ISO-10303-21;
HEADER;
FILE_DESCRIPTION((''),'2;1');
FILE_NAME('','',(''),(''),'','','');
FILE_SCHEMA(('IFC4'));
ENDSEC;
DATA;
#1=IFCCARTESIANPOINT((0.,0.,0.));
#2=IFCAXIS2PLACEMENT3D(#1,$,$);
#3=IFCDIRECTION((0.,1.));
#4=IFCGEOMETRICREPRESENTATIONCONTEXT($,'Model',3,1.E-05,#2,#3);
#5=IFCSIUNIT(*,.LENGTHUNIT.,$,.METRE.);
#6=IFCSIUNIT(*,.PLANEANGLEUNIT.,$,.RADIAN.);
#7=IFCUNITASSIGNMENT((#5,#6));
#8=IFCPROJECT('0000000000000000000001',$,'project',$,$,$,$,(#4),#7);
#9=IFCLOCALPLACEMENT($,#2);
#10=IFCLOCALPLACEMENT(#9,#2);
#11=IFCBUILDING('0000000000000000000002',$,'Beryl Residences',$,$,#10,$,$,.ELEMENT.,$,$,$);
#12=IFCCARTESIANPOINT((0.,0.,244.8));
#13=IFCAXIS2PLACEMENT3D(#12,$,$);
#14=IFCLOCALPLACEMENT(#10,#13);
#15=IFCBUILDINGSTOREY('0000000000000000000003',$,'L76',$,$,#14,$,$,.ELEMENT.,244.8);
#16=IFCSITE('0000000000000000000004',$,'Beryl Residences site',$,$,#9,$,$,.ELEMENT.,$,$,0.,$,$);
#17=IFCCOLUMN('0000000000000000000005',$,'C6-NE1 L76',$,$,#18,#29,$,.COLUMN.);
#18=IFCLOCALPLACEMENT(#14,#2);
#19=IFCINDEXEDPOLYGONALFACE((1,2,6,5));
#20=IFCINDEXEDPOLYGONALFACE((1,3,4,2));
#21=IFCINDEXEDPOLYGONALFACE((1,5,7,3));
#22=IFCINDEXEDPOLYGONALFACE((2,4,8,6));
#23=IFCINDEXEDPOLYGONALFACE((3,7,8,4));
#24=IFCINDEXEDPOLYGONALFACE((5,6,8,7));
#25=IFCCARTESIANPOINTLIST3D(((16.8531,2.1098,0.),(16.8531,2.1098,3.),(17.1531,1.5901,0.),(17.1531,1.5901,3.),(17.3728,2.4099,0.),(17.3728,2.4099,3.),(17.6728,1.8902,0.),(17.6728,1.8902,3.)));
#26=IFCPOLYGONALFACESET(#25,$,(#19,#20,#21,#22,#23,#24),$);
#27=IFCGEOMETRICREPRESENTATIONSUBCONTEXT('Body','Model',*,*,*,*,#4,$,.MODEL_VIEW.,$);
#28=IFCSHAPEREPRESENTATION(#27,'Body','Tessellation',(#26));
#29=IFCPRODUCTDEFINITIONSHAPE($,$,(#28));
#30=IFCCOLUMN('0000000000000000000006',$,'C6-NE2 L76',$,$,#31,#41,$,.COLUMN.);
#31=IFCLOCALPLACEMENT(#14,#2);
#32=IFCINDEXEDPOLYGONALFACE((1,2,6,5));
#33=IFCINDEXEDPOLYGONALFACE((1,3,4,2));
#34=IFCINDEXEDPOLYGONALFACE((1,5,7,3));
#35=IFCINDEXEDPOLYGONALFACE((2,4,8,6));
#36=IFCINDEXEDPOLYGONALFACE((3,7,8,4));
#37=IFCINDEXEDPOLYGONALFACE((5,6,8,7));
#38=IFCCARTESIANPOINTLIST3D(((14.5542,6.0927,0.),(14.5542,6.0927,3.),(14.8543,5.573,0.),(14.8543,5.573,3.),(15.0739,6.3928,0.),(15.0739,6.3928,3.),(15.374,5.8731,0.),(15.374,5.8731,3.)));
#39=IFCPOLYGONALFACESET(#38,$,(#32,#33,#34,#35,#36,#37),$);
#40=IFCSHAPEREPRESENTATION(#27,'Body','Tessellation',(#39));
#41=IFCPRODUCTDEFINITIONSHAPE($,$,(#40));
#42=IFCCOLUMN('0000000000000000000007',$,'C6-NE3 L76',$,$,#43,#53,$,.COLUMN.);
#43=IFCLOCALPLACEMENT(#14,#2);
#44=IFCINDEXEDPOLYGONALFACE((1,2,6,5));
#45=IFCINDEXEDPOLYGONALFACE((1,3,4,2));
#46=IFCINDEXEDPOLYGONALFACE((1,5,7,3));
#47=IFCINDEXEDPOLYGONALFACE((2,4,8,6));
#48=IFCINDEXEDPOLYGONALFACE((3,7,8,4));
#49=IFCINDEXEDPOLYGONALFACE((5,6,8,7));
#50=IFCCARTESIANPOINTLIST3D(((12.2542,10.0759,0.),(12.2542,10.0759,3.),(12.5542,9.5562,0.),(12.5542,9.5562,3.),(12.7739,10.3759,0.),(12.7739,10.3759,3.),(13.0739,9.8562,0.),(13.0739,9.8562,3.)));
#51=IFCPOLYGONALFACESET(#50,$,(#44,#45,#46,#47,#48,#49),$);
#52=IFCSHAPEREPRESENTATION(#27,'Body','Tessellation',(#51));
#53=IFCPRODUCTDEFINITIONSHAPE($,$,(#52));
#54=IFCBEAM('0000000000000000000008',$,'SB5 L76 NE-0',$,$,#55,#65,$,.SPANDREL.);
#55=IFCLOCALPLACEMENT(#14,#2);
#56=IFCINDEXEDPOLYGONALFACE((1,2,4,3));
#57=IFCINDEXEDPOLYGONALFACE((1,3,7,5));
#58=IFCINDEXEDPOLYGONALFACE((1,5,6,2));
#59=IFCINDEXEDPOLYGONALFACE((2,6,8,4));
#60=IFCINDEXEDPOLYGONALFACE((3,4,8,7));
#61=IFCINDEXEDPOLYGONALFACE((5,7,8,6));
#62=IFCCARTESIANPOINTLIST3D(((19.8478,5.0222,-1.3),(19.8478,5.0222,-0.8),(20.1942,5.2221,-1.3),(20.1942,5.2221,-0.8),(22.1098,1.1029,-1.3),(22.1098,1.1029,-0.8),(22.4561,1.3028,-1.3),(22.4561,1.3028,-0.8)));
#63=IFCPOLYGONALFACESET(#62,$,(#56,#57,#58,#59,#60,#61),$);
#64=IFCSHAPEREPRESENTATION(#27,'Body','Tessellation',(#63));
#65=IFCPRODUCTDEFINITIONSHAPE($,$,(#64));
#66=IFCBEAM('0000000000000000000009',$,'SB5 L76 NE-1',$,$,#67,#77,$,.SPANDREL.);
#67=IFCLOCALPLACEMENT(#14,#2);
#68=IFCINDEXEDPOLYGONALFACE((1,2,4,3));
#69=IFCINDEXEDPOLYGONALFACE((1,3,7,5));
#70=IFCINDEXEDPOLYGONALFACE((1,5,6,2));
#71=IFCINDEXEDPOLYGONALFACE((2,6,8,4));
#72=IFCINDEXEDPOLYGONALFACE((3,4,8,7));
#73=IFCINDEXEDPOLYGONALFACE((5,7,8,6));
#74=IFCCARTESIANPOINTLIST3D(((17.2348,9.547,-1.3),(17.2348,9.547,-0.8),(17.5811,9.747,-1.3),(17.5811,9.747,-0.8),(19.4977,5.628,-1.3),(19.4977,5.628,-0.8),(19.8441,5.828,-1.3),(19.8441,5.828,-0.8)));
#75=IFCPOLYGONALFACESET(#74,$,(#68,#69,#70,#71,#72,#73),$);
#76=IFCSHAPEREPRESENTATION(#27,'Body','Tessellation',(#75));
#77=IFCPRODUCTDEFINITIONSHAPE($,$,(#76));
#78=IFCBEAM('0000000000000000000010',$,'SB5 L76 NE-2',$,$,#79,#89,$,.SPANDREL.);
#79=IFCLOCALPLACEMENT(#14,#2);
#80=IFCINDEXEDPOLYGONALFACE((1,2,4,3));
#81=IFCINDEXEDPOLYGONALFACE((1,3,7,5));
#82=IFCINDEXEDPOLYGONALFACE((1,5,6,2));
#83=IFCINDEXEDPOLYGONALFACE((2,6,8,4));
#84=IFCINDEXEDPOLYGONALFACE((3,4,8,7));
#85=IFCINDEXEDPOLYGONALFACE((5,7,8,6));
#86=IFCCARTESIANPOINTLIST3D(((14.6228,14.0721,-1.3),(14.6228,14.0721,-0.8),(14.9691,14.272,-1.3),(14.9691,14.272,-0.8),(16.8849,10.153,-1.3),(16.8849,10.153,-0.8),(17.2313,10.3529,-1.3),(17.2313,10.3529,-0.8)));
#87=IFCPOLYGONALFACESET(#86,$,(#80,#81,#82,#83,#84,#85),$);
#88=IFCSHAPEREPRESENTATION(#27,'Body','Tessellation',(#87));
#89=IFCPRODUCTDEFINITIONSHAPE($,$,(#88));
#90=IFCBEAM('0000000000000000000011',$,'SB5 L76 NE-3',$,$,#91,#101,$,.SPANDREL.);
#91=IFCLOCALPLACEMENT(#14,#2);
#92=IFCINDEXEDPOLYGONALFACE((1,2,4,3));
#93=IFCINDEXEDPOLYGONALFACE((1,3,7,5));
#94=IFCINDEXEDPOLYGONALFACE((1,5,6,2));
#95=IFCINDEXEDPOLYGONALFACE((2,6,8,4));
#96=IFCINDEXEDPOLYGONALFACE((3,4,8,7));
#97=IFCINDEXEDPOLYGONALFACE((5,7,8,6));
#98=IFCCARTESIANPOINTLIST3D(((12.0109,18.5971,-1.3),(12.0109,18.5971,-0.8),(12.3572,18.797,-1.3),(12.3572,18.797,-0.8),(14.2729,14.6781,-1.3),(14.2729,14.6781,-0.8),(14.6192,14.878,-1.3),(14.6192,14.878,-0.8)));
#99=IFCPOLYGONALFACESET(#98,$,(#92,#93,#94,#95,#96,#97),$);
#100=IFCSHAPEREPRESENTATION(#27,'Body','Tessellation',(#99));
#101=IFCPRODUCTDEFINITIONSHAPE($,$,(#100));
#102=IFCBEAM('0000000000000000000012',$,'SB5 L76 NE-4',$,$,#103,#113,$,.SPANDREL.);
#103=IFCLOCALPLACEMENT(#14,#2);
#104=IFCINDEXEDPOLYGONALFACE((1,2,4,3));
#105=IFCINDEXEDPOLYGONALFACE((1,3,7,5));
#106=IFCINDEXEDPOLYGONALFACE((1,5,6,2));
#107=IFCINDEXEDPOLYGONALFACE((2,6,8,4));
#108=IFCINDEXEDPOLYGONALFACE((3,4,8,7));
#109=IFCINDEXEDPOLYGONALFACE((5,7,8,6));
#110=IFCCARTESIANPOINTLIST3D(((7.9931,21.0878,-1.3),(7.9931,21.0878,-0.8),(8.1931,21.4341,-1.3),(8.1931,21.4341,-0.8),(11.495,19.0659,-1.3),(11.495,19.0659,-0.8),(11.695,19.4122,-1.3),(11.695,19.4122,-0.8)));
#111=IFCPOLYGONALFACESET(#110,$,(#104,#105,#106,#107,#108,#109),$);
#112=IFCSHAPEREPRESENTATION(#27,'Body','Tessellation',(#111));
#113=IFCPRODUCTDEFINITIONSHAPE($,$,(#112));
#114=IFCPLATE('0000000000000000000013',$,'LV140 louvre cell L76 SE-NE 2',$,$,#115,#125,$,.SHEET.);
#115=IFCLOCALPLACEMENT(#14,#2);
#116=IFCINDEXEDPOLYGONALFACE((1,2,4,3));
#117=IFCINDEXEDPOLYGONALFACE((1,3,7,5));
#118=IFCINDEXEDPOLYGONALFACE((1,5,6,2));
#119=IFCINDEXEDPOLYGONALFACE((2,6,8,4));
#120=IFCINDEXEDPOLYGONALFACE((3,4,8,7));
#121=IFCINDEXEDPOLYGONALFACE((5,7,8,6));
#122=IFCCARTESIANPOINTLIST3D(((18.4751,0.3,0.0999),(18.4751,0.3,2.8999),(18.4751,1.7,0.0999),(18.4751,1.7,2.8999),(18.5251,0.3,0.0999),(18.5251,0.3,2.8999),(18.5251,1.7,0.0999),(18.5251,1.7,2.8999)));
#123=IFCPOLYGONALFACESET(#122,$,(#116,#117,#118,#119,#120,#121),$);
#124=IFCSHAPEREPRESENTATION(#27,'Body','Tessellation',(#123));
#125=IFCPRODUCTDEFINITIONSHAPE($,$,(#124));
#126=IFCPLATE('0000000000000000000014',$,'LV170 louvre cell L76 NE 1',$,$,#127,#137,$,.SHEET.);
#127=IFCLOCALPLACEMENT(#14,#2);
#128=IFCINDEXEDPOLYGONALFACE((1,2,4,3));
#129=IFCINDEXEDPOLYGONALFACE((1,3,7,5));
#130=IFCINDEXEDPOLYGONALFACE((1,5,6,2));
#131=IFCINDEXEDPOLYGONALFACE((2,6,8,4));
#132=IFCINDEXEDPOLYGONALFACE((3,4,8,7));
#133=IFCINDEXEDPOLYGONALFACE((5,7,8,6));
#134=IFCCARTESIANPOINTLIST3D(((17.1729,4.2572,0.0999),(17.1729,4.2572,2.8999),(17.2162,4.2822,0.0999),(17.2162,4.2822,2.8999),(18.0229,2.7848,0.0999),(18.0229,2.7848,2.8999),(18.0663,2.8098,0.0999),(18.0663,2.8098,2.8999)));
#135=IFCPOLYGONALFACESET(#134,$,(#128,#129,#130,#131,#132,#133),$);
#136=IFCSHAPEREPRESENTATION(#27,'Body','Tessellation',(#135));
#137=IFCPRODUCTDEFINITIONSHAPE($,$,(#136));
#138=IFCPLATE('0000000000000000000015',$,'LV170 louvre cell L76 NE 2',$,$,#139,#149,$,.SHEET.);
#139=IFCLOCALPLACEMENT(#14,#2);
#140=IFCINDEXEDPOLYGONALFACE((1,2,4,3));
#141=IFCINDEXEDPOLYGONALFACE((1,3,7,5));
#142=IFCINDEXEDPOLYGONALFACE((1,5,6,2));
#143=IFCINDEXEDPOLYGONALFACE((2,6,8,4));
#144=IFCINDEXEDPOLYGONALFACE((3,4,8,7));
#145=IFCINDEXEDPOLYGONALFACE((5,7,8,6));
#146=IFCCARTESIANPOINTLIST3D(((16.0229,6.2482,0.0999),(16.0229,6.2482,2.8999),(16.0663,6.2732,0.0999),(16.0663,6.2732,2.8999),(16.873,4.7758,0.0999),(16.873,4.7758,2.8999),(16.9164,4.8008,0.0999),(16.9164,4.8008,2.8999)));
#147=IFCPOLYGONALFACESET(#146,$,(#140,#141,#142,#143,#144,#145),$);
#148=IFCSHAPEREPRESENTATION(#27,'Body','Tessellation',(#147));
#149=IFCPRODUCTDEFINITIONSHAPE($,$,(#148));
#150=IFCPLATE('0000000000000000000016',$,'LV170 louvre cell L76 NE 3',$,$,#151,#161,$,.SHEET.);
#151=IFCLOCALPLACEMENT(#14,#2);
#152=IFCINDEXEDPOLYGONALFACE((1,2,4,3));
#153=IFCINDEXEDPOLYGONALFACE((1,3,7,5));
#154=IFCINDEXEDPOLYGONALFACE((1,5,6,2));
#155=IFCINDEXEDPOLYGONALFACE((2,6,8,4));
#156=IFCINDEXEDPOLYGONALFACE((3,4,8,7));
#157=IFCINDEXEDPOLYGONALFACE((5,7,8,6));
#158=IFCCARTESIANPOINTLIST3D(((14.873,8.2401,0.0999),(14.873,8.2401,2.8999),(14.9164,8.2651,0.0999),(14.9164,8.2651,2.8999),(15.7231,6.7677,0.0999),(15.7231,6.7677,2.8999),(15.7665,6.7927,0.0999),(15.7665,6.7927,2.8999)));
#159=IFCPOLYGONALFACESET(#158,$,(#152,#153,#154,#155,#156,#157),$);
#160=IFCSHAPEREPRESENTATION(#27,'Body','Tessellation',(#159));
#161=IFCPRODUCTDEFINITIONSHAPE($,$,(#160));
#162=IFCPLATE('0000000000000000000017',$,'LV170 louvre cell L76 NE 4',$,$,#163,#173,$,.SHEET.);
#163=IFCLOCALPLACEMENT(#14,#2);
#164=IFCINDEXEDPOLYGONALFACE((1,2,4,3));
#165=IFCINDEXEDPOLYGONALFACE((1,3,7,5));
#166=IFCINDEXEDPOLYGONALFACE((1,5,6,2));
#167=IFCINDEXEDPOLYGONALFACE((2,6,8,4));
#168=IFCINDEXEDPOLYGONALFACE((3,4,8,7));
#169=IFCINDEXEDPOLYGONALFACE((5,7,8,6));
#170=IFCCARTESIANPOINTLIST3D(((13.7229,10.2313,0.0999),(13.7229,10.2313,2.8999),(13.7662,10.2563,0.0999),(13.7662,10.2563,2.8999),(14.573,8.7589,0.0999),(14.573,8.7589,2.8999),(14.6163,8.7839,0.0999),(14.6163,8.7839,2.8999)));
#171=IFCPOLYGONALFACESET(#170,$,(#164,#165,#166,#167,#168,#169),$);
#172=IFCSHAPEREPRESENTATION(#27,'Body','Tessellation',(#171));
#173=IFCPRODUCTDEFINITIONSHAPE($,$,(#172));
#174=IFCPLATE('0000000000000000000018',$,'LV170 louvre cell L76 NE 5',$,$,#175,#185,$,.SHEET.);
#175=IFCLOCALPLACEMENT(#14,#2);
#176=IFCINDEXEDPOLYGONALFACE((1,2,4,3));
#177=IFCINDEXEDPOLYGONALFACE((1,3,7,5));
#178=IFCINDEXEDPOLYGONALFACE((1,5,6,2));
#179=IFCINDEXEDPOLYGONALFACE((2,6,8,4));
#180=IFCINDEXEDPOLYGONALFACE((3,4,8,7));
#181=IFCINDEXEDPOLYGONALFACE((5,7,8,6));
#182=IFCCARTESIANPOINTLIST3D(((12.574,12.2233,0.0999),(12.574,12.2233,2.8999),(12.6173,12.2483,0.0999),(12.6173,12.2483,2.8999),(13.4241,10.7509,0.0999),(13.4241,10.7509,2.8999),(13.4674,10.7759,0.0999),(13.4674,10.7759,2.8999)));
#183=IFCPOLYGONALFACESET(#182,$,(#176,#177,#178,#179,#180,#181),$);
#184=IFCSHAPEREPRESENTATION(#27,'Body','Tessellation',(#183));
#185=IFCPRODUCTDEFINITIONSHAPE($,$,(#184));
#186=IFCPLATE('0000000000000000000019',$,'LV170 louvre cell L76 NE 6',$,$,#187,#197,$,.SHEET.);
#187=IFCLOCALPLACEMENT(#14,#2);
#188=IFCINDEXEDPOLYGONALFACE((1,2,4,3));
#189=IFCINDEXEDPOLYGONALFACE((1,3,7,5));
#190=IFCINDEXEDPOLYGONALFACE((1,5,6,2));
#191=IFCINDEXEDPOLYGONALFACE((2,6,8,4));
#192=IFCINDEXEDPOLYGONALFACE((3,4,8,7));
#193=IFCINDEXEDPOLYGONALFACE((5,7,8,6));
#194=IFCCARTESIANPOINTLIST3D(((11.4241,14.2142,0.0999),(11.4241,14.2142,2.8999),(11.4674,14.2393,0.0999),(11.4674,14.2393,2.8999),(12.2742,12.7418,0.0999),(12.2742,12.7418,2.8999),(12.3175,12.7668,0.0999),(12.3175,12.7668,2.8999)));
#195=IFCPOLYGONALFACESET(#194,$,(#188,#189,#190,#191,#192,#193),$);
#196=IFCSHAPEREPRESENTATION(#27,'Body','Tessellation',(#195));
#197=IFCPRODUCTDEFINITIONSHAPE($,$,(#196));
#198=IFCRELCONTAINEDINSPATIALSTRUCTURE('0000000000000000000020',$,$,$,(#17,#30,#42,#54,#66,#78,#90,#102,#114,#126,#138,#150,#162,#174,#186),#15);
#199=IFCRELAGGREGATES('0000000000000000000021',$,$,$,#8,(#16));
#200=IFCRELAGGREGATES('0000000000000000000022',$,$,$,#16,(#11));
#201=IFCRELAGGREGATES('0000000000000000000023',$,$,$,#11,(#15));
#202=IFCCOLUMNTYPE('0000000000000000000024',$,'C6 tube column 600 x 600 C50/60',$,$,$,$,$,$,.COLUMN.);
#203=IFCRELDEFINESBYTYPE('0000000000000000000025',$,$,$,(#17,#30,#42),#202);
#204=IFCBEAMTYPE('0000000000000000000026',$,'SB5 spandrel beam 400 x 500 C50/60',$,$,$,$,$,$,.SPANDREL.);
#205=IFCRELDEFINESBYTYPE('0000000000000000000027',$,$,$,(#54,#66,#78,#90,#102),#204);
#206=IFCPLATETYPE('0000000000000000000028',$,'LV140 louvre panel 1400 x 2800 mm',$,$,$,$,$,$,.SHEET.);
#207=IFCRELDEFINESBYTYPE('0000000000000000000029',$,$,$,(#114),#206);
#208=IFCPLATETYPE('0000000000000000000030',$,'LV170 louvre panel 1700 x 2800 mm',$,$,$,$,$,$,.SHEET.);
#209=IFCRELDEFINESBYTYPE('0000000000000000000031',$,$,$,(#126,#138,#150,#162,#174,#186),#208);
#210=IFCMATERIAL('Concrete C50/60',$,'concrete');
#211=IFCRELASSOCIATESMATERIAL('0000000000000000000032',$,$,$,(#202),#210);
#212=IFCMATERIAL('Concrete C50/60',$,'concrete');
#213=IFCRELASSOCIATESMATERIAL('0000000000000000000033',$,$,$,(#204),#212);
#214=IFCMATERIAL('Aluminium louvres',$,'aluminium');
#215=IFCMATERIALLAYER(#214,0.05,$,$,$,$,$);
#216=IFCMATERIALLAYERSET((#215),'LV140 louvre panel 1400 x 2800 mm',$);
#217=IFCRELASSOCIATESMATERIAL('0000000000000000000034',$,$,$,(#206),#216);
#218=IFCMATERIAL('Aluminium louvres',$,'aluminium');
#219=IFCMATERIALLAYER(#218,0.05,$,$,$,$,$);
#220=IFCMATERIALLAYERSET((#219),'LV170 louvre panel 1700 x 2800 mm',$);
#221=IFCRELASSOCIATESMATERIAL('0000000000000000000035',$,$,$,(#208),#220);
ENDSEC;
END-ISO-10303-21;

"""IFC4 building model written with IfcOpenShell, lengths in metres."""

from ifc_helpers import new_model, si_unit, direction, frame, origin, origin_2d, place, context, subcontext, project, spatial, polyline, rectangle, outline, extrude, source, transform, mapped, material, layer, layer_set, material_profile, profile_set, type_object, type_shapes, element, save


model = new_model("IFC4")

# Units and contexts
model_context = context("Model", 3, precision=1e-05, world=origin(), true_north=direction((0.0, 1.0)))
body_context = subcontext(model_context, "Body", "Model", "MODEL_VIEW")
ifc_project = project(units=[si_unit("LENGTHUNIT", "METRE"), si_unit("PLANEANGLEUNIT", "RADIAN")], contexts=[model_context])

# Site, building, storey
site_placement = place(None, origin())
site = spatial("IfcSite", under=ifc_project, at=site_placement, Name="Beryl Residences site", CompositionType="ELEMENT", RefElevation=0.0)
building_placement = place(site_placement, origin())
building = spatial("IfcBuilding", under=site, at=building_placement, Name="Beryl Residences", CompositionType="ELEMENT")
storey_placement = place(building_placement, frame((0.0, 0.0, 244.8)))
storey = spatial("IfcBuildingStorey", under=building, at=storey_placement, Name="L76", CompositionType="ELEMENT", Elevation=244.8)

# Columns
ifc_material_1 = material(Name="Concrete C50/60", Category="concrete")
ifc_material_profile_1 = material_profile(ifc_material_1, rectangle(XDim=0.6001, YDim=0.6001, at=origin_2d()))
ifc_profile_set_1 = profile_set([ifc_material_profile_1], Name="Concrete C50/60")
column_type = type_object("IfcColumnType", Name="C6 tube column 600 x 600 C50/60", PredefinedType="COLUMN", material=ifc_profile_set_1)
for number, where, z_axis, x_axis, name in (
    (1, (17.2629, 2.0, 0.0), (0.0, 0.0, 1.0), (-0.5, 0.866025, 0.0), "C6-NE1 L76"),
    (2, (14.9641, 5.9829, 0.0), (0.0, 0.0, 1.0), (-0.5, 0.866025, 0.0), "C6-NE2 L76"),
    (3, (12.6641, 9.9661, 0.0), (0.0, 0.0, 1.0), (-0.5, 0.866025, 0.0), "C6-NE3 L76"),
):
    element("IfcColumn", number, at=place(storey_placement, frame(where, z_axis=z_axis, x_axis=x_axis)), inside=storey, type_object=column_type, Name=name, PredefinedType="COLUMN", context=body_context, shape_type="SweptSolid", body=[
        extrude(rectangle(XDim=0.6001, YDim=0.6001, at=origin_2d()), origin(), (0.0, 0.0, 1.0), 3.0),
    ])

# Beams
ifc_material_2 = material(Name="Concrete C50/60", Category="concrete")
ifc_material_profile_2 = material_profile(ifc_material_2, rectangle(XDim=0.3999, YDim=0.5, at=origin_2d()))
ifc_profile_set_2 = profile_set([ifc_material_profile_2], Name="Concrete C50/60")
beam_type = type_object("IfcBeamType", Name="SB5 spandrel beam 400 x 500 C50/60", PredefinedType="SPANDREL", material=ifc_profile_set_2)
beam_1_placement = place(storey_placement, frame((22.283, 1.2029, -1.05), z_axis=(-0.49987, 0.8661, 0.0), x_axis=(-0.8661, -0.49987, 0.0)))
element("IfcBeam", 4, at=beam_1_placement, inside=storey, type_object=beam_type, Name="SB5 L76 NE-0", PredefinedType="SPANDREL", context=body_context, shape_type="SweptSolid", body=[
    extrude(rectangle(XDim=0.3999, YDim=0.5, at=origin_2d()), origin(), (0.0, 0.0, 1.0), 4.5251),
])
beam_2_placement = place(storey_placement, frame((19.6709, 5.728, -1.05), z_axis=(-0.500056, 0.865993, 0.0), x_axis=(-0.865993, -0.500056, 0.0)))
element("IfcBeam", 5, at=beam_2_placement, inside=storey, type_object=beam_type, Name="SB5 L76 NE-1", PredefinedType="SPANDREL", context=body_context, shape_type="SweptSolid", body=[
    extrude(rectangle(XDim=0.3999, YDim=0.5, at=origin_2d()), origin(), (0.0, 0.0, 1.0), 4.5254),
])
beam_3_placement = place(storey_placement, frame((17.0581, 10.2529, -1.05), z_axis=(-0.499911, 0.866077, 0.0), x_axis=(-0.866077, -0.499911, 0.0)))
element("IfcBeam", 6, at=beam_3_placement, inside=storey, type_object=beam_type, Name="SB5 L76 NE-2", PredefinedType="SPANDREL", context=body_context, shape_type="SweptSolid", body=[
    extrude(rectangle(XDim=0.3999, YDim=0.5, at=origin_2d()), origin(), (0.0, 0.0, 1.0), 4.5251),
])
beam_4_placement = place(storey_placement, frame((14.446, 14.7781, -1.05), z_axis=(-0.499894, 0.866087, 0.0), x_axis=(-0.866087, -0.499894, 0.0)))
element("IfcBeam", 7, at=beam_4_placement, inside=storey, type_object=beam_type, Name="SB5 L76 NE-3", PredefinedType="SPANDREL", context=body_context, shape_type="SweptSolid", body=[
    extrude(rectangle(XDim=0.3999, YDim=0.5, at=origin_2d()), origin(), (0.0, 0.0, 1.0), 4.5249),
])
beam_5_placement = place(storey_placement, frame((11.595, 19.239, -1.05), z_axis=(-0.866013, 0.500022, 0.0), x_axis=(-0.500022, -0.866013, 0.0)))
element("IfcBeam", 8, at=beam_5_placement, inside=storey, type_object=beam_type, Name="SB5 L76 NE-4", PredefinedType="SPANDREL", context=body_context, shape_type="SweptSolid", body=[
    extrude(rectangle(XDim=0.3999, YDim=0.5, at=origin_2d()), origin(), (0.0, 0.0, 1.0), 4.0437),
])

# Plates
ifc_material_3 = material(Name="Aluminium louvres", Category="aluminium")
ifc_layer_1 = layer(ifc_material_3, 0.05)
ifc_layer_set_1 = layer_set([ifc_layer_1], Name="LV140 louvre panel 1400 x 2800 mm")
plate_type_1 = type_object("IfcPlateType", Name="LV140 louvre panel 1400 x 2800 mm", PredefinedType="SHEET", material=ifc_layer_set_1)
shared_shape_1 = source(origin(), body_context, "Body", "SweptSolid", [
    extrude(outline(polyline([(-0.7, 0.0), (0.7, 0.0), (0.7, 0.05), (-0.7, 0.05), (-0.7, 0.0)])), origin(), (0.0, 0.0, 1.0), 2.8),
])
type_shapes(plate_type_1, [shared_shape_1])
plate_placement = place(storey_placement, frame((18.4751, 1.0, 0.0999), z_axis=(0.0, 0.0, 1.0), x_axis=(0.0, -1.0, 0.0)))
element("IfcPlate", 9, at=plate_placement, inside=storey, type_object=plate_type_1, Name="LV140 louvre cell L76 SE-NE 2", PredefinedType="SHEET", context=body_context, shape_type="MappedRepresentation", body=[
    mapped(shared_shape_1, transform((0.0, 0.0, 0.0))),
])
ifc_material_4 = material(Name="Aluminium louvres", Category="aluminium")
ifc_layer_2 = layer(ifc_material_4, 0.05)
ifc_layer_set_2 = layer_set([ifc_layer_2], Name="LV170 louvre panel 1700 x 2800 mm")
plate_type_2 = type_object("IfcPlateType", Name="LV170 louvre panel 1700 x 2800 mm", PredefinedType="SHEET", material=ifc_layer_set_2)
shared_shape_2 = source(origin(), body_context, "Body", "SweptSolid", [
    extrude(outline(polyline([(-0.8501, 0.0), (0.8501, 0.0), (0.8501, 0.05), (-0.8501, 0.05), (-0.8501, 0.0)])), origin(), (0.0, 0.0, 1.0), 2.8),
])
type_shapes(plate_type_2, [shared_shape_2])
for number, where, z_axis, x_axis, name in (
    (10, (17.5979, 3.521, 0.0999), (0.0, 0.0, 1.0), (0.5, -0.866025, 0.0), "LV170 louvre cell L76 NE 1"),
    (11, (16.448, 5.512, 0.0999), (0.0, 0.0, 1.0), (0.5, -0.866025, 0.0), "LV170 louvre cell L76 NE 2"),
    (12, (15.2981, 7.5039, 0.0999), (0.0, 0.0, 1.0), (0.5, -0.866025, 0.0), "LV170 louvre cell L76 NE 3"),
    (13, (14.1479, 9.4951, 0.0999), (0.0, 0.0, 1.0), (0.5, -0.866025, 0.0), "LV170 louvre cell L76 NE 4"),
    (14, (12.999, 11.4871, 0.0999), (0.0, 0.0, 1.0), (0.5, -0.866025, 0.0), "LV170 louvre cell L76 NE 5"),
    (15, (11.8491, 13.478, 0.0999), (0.0, 0.0, 1.0), (0.5, -0.866025, 0.0), "LV170 louvre cell L76 NE 6"),
):
    element("IfcPlate", number, at=place(storey_placement, frame(where, z_axis=z_axis, x_axis=x_axis)), inside=storey, type_object=plate_type_2, Name=name, PredefinedType="SHEET", context=body_context, shape_type="MappedRepresentation", body=[
        mapped(shared_shape_2, transform((0.0, 0.0, 0.0))),
    ])

save(model, "model.ifc")
